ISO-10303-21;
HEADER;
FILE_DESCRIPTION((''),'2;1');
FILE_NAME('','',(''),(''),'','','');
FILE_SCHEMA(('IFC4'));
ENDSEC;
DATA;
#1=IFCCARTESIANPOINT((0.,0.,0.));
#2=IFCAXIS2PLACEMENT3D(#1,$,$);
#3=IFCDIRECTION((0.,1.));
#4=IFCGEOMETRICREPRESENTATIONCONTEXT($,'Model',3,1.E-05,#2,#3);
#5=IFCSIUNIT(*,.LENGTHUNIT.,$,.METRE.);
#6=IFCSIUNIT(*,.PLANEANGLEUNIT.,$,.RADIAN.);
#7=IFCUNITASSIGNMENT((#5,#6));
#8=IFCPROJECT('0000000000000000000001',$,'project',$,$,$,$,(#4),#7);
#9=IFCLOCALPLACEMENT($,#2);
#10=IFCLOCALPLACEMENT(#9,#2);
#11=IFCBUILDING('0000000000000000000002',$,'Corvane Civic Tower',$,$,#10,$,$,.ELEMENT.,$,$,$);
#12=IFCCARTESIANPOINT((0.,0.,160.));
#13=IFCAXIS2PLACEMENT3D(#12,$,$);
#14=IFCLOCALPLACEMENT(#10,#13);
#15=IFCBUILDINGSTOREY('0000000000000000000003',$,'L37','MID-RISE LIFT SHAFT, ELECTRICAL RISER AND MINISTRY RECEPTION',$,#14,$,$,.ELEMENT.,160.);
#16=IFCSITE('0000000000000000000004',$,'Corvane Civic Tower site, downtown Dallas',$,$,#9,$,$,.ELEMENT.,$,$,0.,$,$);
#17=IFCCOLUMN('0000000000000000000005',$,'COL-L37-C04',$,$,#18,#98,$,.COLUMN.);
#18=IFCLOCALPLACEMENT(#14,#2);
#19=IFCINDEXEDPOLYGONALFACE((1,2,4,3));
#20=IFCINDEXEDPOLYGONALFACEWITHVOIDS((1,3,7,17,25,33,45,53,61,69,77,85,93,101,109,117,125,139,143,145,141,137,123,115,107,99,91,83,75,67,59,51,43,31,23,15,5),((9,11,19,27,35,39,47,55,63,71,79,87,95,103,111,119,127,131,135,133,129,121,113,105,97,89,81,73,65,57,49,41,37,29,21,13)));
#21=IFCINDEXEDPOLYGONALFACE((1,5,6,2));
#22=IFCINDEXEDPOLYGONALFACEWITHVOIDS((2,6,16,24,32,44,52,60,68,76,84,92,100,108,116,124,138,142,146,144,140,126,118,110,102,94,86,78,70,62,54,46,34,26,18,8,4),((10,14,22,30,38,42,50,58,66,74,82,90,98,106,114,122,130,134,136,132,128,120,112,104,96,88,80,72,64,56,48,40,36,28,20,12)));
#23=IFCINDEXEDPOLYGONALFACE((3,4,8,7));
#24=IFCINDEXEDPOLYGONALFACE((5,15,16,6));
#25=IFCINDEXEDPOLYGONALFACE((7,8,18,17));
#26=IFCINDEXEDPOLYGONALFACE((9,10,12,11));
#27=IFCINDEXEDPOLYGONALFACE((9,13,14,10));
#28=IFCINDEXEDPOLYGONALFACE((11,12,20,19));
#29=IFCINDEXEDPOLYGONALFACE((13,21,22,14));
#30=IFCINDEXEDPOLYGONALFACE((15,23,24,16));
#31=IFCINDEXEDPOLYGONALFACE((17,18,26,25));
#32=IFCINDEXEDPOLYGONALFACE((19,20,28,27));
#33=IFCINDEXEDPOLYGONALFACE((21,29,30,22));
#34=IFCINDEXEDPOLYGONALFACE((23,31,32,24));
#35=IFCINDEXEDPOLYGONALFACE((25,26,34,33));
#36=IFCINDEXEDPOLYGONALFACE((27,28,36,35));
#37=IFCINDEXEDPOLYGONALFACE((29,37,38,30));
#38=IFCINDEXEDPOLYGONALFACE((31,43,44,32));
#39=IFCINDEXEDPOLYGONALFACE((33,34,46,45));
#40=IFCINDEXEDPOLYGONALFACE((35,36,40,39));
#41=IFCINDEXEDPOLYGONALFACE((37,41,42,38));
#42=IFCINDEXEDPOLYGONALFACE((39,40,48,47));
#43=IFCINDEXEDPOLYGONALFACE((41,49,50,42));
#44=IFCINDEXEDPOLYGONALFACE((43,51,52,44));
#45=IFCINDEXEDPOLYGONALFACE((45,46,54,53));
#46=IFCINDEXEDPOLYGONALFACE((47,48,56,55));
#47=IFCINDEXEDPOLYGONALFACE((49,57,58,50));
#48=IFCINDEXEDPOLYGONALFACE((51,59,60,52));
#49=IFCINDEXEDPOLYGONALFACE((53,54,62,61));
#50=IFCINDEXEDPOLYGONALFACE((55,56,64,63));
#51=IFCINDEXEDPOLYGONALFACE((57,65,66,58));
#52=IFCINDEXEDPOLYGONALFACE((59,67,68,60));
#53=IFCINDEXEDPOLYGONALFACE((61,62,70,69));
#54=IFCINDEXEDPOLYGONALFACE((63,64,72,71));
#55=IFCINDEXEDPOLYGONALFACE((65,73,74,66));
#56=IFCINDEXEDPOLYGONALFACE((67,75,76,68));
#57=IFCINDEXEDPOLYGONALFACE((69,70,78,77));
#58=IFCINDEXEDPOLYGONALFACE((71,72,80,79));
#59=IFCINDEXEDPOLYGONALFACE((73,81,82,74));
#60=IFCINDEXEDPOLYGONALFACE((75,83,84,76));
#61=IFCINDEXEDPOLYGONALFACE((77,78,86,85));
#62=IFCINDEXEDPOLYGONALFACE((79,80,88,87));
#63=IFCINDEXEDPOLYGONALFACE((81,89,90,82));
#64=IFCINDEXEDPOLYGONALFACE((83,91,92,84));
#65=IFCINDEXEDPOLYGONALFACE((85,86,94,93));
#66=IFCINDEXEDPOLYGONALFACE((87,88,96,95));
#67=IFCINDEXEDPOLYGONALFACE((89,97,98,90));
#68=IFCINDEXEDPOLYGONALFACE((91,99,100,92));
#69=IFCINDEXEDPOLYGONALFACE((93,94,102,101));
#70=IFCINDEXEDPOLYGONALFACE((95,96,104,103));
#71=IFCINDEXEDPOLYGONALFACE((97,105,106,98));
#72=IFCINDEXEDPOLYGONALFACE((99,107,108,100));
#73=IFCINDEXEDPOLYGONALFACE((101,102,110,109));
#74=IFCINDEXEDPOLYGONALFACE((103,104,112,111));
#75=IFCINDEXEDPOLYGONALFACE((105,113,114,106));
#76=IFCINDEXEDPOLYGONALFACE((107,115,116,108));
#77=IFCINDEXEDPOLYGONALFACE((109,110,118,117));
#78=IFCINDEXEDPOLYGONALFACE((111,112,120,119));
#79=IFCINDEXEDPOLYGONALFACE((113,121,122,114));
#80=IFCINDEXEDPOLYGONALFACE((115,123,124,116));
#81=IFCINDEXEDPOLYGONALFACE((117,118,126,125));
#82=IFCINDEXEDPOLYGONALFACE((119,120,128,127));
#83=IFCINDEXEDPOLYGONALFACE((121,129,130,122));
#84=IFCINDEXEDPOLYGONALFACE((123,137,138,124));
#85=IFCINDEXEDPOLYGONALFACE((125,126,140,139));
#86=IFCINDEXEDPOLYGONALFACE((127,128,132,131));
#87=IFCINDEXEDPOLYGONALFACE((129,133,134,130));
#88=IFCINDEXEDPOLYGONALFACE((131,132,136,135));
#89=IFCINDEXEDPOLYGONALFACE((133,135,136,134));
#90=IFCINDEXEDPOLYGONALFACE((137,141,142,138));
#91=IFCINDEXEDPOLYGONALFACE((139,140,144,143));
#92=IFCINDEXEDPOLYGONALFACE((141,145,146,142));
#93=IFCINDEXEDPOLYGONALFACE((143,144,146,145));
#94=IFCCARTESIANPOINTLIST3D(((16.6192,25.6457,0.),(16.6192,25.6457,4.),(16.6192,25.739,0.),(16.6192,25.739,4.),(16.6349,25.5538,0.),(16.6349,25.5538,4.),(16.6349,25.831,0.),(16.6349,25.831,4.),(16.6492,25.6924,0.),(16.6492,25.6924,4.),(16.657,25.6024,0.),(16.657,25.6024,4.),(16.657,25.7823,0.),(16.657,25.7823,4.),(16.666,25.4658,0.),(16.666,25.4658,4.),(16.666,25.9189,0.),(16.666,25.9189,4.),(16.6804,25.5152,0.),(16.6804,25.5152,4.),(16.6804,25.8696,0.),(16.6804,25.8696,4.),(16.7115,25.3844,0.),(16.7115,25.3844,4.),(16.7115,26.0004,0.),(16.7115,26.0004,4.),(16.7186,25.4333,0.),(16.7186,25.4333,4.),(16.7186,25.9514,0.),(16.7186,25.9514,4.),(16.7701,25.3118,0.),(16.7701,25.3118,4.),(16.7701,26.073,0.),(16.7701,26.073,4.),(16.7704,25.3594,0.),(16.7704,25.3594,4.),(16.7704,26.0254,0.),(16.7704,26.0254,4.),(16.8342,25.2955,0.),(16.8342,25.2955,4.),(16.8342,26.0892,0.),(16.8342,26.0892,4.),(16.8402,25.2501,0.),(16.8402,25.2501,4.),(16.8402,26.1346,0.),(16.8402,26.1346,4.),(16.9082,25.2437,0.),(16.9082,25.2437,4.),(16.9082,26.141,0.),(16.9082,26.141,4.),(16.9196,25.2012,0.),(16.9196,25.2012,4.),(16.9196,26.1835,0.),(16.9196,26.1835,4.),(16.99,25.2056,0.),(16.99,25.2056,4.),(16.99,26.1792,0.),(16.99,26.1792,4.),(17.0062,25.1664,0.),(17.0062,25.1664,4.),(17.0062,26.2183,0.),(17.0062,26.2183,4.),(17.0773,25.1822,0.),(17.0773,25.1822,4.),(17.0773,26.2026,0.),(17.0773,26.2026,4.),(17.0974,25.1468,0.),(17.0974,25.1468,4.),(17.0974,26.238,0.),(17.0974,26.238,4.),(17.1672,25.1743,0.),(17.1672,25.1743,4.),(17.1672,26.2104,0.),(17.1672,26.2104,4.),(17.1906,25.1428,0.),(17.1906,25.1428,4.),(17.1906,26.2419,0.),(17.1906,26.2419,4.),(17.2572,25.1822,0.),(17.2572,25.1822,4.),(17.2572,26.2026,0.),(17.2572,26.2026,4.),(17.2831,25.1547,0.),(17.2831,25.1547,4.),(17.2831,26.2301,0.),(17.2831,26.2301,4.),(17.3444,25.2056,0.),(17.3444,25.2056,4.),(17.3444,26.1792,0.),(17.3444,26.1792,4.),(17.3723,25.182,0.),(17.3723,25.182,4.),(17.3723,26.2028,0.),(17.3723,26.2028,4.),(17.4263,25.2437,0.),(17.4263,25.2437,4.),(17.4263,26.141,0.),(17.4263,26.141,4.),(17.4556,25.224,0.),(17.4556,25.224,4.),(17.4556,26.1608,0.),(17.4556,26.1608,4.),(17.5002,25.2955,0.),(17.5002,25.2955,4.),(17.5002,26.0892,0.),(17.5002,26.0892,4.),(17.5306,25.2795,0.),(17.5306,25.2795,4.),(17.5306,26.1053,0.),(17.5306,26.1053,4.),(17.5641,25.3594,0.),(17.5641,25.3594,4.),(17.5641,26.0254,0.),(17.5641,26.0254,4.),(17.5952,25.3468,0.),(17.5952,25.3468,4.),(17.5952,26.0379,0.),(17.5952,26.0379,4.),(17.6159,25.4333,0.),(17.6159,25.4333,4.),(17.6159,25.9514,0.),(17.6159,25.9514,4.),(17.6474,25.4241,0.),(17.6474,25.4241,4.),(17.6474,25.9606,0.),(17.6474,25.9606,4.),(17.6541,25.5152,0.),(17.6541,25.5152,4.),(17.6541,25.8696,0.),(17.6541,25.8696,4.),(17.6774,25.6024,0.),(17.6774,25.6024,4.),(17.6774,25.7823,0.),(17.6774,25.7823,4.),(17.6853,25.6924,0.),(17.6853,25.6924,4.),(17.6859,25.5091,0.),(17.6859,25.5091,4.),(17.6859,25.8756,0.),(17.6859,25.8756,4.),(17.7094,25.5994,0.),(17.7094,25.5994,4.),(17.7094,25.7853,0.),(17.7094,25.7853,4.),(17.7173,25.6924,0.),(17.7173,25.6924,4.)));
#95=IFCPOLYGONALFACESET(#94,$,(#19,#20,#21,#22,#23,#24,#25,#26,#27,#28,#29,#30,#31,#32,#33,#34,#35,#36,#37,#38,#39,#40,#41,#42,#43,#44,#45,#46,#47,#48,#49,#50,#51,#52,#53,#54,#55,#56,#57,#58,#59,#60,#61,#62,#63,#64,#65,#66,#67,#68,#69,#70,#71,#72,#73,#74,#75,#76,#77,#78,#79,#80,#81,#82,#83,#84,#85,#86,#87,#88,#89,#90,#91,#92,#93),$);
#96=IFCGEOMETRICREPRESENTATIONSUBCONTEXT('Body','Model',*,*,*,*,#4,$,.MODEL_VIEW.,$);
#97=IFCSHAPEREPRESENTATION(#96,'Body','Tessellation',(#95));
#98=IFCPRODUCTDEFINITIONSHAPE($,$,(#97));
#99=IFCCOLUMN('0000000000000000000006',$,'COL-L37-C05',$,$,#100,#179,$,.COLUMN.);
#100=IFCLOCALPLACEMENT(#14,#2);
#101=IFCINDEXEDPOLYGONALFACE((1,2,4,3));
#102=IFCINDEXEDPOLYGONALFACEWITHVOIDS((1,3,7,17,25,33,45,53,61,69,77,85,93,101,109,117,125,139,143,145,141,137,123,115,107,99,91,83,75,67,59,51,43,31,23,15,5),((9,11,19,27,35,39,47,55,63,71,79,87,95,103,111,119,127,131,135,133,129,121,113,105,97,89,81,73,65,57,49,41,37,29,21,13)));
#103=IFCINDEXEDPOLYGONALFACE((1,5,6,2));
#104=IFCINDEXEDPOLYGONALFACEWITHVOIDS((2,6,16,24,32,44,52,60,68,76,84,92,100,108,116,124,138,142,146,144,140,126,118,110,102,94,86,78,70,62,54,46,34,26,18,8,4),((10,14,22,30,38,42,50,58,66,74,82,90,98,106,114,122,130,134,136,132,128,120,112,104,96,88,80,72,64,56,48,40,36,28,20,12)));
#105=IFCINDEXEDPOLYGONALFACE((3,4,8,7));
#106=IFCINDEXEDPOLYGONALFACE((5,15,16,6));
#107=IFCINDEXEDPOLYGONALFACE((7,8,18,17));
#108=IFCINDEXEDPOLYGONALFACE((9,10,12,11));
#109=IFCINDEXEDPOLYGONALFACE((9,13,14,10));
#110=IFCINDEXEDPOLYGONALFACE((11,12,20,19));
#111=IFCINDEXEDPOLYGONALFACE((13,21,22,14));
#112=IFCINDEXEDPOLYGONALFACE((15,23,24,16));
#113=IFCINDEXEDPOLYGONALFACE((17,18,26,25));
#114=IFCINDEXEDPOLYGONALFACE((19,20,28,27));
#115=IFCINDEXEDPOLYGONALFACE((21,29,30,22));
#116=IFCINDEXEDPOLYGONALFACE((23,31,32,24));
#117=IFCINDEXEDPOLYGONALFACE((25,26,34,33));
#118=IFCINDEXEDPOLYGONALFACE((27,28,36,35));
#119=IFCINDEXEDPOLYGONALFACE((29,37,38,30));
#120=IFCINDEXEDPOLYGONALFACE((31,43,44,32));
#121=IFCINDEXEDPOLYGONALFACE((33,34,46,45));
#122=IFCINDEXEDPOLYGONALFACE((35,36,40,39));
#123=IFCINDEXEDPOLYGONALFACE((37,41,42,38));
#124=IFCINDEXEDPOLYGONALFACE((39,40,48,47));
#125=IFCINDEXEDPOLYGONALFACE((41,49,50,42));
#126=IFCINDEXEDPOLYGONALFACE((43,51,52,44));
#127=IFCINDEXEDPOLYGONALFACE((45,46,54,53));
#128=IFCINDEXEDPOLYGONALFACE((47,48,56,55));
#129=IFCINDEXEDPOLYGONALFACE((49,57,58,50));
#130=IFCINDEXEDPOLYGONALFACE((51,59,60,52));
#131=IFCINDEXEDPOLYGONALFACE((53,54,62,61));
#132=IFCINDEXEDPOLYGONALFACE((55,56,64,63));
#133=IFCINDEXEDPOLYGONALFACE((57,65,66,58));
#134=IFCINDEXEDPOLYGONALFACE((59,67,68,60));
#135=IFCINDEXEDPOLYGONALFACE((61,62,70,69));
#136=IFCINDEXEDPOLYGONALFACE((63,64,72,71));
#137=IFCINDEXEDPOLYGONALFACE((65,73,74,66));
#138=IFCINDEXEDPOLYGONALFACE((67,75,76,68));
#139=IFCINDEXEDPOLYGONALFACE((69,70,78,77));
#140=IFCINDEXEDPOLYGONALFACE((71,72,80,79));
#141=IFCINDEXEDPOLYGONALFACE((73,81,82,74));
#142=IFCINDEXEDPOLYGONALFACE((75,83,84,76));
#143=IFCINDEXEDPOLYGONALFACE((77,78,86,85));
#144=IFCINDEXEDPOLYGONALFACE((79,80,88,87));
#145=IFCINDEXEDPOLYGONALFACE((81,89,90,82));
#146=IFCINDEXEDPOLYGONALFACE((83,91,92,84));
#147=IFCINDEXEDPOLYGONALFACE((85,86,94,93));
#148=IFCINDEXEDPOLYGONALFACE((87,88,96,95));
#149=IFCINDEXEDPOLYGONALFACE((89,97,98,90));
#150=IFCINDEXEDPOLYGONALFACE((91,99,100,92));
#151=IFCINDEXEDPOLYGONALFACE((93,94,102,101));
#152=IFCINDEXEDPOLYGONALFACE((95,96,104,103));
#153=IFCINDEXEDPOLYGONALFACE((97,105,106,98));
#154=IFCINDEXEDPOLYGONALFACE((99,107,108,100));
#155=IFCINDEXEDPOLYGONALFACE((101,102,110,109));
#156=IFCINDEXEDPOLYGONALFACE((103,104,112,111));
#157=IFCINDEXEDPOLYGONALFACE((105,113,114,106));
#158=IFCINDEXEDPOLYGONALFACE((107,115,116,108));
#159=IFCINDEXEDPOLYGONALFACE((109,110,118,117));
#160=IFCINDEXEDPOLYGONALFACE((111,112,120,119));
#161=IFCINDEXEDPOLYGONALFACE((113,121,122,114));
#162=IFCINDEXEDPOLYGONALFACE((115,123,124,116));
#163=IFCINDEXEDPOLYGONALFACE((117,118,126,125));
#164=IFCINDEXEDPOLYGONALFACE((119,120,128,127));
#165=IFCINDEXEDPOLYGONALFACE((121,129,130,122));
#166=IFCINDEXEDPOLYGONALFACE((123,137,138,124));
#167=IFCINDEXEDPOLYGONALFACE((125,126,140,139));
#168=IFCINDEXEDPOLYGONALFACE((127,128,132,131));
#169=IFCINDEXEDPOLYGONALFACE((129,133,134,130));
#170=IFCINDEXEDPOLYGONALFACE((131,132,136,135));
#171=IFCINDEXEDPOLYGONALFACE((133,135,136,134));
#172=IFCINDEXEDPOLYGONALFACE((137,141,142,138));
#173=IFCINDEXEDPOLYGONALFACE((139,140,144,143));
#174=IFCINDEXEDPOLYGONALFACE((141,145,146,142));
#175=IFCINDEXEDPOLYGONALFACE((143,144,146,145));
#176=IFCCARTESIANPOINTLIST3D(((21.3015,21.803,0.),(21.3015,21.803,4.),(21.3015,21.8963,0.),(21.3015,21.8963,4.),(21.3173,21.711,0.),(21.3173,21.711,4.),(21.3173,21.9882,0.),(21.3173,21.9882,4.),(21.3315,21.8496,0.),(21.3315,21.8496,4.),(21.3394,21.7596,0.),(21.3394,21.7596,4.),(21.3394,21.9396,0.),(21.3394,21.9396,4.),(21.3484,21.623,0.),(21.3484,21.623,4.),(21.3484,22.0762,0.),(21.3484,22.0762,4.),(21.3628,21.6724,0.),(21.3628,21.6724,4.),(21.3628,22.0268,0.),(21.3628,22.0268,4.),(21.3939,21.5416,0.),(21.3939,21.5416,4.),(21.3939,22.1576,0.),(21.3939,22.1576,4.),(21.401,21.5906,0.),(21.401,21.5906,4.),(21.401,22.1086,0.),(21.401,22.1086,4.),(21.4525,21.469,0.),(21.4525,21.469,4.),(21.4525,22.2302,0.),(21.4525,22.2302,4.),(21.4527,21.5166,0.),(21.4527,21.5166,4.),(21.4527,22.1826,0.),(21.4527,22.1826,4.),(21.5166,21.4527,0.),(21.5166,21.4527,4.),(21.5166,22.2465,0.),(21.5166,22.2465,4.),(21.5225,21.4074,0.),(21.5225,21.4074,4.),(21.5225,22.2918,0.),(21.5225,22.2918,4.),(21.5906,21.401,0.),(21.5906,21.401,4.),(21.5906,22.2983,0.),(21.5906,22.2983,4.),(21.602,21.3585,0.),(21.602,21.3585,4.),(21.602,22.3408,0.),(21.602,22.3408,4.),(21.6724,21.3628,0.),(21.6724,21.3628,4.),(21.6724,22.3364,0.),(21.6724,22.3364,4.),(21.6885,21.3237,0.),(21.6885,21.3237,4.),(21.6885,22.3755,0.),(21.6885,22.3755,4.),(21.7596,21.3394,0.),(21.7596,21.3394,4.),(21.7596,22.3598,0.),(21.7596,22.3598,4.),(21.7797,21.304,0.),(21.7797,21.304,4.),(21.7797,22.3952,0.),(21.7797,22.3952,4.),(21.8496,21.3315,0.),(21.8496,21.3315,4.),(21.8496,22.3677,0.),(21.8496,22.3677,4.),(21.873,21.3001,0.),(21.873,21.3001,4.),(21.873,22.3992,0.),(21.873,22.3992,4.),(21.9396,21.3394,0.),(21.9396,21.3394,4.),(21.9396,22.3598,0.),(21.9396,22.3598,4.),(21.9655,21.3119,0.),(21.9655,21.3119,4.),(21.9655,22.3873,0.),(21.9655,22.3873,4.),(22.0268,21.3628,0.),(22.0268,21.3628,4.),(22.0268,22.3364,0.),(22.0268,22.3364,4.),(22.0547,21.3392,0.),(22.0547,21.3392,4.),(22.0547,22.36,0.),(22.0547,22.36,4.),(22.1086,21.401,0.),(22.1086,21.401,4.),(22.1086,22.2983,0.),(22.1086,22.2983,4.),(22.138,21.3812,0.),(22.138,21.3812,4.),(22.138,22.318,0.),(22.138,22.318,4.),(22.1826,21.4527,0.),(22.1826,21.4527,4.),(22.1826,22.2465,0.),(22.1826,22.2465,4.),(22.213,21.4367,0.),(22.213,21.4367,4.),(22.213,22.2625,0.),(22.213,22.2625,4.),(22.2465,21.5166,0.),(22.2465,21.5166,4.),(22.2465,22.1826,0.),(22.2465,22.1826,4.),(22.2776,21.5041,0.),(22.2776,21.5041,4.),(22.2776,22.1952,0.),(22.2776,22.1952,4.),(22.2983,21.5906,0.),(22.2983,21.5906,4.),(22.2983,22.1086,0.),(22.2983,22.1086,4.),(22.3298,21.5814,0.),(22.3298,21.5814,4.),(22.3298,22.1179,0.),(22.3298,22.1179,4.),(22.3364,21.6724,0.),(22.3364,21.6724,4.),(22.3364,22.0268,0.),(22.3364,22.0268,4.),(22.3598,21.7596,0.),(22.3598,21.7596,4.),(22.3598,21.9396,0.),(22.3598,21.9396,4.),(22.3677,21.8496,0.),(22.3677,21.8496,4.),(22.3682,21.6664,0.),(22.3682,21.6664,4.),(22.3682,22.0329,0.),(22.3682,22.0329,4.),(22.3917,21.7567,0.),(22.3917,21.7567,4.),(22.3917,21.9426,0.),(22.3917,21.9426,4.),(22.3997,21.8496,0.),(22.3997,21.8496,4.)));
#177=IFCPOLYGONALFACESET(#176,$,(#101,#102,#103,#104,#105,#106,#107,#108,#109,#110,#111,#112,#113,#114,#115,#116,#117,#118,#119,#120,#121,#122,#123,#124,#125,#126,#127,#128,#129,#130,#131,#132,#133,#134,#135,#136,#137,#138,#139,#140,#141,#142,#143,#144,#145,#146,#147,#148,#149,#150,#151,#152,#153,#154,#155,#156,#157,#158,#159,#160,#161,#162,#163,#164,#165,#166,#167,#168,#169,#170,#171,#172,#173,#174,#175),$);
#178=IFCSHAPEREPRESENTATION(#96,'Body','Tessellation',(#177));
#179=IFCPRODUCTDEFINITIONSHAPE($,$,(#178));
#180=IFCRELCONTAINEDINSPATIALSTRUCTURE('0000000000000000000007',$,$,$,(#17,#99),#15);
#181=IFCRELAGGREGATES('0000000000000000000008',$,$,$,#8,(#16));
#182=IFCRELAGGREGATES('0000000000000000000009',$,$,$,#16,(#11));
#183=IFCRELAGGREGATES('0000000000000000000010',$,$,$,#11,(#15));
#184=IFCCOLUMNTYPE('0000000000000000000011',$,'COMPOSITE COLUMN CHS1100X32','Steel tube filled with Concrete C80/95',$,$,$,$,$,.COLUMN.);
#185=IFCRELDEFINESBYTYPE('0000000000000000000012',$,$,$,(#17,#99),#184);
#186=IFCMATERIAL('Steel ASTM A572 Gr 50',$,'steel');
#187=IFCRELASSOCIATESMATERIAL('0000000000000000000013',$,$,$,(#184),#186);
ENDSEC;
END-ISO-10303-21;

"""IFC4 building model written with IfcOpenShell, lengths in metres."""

from ifc_helpers import new_model, si_unit, direction, frame, origin, origin_2d, place, context, subcontext, project, spatial, hollow_circle, extrude, material, material_profile, profile_set, type_object, element, save


model = new_model("IFC4")

# Units and contexts
model_context = context("Model", 3, precision=1e-05, world=origin(), true_north=direction((0.0, 1.0)))
body_context = subcontext(model_context, "Body", "Model", "MODEL_VIEW")
ifc_project = project(units=[si_unit("LENGTHUNIT", "METRE"), si_unit("PLANEANGLEUNIT", "RADIAN")], contexts=[model_context])

# Site, building, storey
site_placement = place(None, origin())
site = spatial("IfcSite", under=ifc_project, at=site_placement, Name="Corvane Civic Tower site, downtown Dallas", CompositionType="ELEMENT", RefElevation=0.0)
building_placement = place(site_placement, origin())
building = spatial("IfcBuilding", under=site, at=building_placement, Name="Corvane Civic Tower", CompositionType="ELEMENT")
storey_placement = place(building_placement, frame((0.0, 0.0, 160.0)))
storey = spatial("IfcBuildingStorey", under=building, at=storey_placement, Name="L37", Description="MID-RISE LIFT SHAFT, ELECTRICAL RISER AND MINISTRY RECEPTION", CompositionType="ELEMENT", Elevation=160.0)

# Columns
ifc_material_1 = material(Name="Steel ASTM A572 Gr 50", Category="steel")
ifc_material_profile_1 = material_profile(ifc_material_1, hollow_circle(Radius=0.55, WallThickness=0.032, at=origin_2d()), Name="CHS1100X32")
ifc_profile_set_1 = profile_set([ifc_material_profile_1], Name="Steel ASTM A572 Gr 50")
column_type = type_object("IfcColumnType", Name="COMPOSITE COLUMN CHS1100X32", Description="Steel tube filled with Concrete C80/95", PredefinedType="COLUMN", material=ifc_profile_set_1)
for number, where, z_axis, x_axis, name in (
    (1, (17.1672, 25.6924, 0.0), (0.0, 0.0, 1.0), (1.0, 0.0, 0.0), "COL-L37-C04"),
    (2, (21.8496, 21.8496, 0.0), (0.0, 0.0, 1.0), (1.0, 0.0, 0.0), "COL-L37-C05"),
):
    element("IfcColumn", number, at=place(storey_placement, frame(where, z_axis=z_axis, x_axis=x_axis)), inside=storey, type_object=column_type, Name=name, PredefinedType="COLUMN", context=body_context, shape_type="SweptSolid", body=[
        extrude(hollow_circle(Radius=0.55, WallThickness=0.032, at=origin_2d()), origin(), (0.0, 0.0, 1.0), 4.0),
    ])

save(model, "model.ifc")
